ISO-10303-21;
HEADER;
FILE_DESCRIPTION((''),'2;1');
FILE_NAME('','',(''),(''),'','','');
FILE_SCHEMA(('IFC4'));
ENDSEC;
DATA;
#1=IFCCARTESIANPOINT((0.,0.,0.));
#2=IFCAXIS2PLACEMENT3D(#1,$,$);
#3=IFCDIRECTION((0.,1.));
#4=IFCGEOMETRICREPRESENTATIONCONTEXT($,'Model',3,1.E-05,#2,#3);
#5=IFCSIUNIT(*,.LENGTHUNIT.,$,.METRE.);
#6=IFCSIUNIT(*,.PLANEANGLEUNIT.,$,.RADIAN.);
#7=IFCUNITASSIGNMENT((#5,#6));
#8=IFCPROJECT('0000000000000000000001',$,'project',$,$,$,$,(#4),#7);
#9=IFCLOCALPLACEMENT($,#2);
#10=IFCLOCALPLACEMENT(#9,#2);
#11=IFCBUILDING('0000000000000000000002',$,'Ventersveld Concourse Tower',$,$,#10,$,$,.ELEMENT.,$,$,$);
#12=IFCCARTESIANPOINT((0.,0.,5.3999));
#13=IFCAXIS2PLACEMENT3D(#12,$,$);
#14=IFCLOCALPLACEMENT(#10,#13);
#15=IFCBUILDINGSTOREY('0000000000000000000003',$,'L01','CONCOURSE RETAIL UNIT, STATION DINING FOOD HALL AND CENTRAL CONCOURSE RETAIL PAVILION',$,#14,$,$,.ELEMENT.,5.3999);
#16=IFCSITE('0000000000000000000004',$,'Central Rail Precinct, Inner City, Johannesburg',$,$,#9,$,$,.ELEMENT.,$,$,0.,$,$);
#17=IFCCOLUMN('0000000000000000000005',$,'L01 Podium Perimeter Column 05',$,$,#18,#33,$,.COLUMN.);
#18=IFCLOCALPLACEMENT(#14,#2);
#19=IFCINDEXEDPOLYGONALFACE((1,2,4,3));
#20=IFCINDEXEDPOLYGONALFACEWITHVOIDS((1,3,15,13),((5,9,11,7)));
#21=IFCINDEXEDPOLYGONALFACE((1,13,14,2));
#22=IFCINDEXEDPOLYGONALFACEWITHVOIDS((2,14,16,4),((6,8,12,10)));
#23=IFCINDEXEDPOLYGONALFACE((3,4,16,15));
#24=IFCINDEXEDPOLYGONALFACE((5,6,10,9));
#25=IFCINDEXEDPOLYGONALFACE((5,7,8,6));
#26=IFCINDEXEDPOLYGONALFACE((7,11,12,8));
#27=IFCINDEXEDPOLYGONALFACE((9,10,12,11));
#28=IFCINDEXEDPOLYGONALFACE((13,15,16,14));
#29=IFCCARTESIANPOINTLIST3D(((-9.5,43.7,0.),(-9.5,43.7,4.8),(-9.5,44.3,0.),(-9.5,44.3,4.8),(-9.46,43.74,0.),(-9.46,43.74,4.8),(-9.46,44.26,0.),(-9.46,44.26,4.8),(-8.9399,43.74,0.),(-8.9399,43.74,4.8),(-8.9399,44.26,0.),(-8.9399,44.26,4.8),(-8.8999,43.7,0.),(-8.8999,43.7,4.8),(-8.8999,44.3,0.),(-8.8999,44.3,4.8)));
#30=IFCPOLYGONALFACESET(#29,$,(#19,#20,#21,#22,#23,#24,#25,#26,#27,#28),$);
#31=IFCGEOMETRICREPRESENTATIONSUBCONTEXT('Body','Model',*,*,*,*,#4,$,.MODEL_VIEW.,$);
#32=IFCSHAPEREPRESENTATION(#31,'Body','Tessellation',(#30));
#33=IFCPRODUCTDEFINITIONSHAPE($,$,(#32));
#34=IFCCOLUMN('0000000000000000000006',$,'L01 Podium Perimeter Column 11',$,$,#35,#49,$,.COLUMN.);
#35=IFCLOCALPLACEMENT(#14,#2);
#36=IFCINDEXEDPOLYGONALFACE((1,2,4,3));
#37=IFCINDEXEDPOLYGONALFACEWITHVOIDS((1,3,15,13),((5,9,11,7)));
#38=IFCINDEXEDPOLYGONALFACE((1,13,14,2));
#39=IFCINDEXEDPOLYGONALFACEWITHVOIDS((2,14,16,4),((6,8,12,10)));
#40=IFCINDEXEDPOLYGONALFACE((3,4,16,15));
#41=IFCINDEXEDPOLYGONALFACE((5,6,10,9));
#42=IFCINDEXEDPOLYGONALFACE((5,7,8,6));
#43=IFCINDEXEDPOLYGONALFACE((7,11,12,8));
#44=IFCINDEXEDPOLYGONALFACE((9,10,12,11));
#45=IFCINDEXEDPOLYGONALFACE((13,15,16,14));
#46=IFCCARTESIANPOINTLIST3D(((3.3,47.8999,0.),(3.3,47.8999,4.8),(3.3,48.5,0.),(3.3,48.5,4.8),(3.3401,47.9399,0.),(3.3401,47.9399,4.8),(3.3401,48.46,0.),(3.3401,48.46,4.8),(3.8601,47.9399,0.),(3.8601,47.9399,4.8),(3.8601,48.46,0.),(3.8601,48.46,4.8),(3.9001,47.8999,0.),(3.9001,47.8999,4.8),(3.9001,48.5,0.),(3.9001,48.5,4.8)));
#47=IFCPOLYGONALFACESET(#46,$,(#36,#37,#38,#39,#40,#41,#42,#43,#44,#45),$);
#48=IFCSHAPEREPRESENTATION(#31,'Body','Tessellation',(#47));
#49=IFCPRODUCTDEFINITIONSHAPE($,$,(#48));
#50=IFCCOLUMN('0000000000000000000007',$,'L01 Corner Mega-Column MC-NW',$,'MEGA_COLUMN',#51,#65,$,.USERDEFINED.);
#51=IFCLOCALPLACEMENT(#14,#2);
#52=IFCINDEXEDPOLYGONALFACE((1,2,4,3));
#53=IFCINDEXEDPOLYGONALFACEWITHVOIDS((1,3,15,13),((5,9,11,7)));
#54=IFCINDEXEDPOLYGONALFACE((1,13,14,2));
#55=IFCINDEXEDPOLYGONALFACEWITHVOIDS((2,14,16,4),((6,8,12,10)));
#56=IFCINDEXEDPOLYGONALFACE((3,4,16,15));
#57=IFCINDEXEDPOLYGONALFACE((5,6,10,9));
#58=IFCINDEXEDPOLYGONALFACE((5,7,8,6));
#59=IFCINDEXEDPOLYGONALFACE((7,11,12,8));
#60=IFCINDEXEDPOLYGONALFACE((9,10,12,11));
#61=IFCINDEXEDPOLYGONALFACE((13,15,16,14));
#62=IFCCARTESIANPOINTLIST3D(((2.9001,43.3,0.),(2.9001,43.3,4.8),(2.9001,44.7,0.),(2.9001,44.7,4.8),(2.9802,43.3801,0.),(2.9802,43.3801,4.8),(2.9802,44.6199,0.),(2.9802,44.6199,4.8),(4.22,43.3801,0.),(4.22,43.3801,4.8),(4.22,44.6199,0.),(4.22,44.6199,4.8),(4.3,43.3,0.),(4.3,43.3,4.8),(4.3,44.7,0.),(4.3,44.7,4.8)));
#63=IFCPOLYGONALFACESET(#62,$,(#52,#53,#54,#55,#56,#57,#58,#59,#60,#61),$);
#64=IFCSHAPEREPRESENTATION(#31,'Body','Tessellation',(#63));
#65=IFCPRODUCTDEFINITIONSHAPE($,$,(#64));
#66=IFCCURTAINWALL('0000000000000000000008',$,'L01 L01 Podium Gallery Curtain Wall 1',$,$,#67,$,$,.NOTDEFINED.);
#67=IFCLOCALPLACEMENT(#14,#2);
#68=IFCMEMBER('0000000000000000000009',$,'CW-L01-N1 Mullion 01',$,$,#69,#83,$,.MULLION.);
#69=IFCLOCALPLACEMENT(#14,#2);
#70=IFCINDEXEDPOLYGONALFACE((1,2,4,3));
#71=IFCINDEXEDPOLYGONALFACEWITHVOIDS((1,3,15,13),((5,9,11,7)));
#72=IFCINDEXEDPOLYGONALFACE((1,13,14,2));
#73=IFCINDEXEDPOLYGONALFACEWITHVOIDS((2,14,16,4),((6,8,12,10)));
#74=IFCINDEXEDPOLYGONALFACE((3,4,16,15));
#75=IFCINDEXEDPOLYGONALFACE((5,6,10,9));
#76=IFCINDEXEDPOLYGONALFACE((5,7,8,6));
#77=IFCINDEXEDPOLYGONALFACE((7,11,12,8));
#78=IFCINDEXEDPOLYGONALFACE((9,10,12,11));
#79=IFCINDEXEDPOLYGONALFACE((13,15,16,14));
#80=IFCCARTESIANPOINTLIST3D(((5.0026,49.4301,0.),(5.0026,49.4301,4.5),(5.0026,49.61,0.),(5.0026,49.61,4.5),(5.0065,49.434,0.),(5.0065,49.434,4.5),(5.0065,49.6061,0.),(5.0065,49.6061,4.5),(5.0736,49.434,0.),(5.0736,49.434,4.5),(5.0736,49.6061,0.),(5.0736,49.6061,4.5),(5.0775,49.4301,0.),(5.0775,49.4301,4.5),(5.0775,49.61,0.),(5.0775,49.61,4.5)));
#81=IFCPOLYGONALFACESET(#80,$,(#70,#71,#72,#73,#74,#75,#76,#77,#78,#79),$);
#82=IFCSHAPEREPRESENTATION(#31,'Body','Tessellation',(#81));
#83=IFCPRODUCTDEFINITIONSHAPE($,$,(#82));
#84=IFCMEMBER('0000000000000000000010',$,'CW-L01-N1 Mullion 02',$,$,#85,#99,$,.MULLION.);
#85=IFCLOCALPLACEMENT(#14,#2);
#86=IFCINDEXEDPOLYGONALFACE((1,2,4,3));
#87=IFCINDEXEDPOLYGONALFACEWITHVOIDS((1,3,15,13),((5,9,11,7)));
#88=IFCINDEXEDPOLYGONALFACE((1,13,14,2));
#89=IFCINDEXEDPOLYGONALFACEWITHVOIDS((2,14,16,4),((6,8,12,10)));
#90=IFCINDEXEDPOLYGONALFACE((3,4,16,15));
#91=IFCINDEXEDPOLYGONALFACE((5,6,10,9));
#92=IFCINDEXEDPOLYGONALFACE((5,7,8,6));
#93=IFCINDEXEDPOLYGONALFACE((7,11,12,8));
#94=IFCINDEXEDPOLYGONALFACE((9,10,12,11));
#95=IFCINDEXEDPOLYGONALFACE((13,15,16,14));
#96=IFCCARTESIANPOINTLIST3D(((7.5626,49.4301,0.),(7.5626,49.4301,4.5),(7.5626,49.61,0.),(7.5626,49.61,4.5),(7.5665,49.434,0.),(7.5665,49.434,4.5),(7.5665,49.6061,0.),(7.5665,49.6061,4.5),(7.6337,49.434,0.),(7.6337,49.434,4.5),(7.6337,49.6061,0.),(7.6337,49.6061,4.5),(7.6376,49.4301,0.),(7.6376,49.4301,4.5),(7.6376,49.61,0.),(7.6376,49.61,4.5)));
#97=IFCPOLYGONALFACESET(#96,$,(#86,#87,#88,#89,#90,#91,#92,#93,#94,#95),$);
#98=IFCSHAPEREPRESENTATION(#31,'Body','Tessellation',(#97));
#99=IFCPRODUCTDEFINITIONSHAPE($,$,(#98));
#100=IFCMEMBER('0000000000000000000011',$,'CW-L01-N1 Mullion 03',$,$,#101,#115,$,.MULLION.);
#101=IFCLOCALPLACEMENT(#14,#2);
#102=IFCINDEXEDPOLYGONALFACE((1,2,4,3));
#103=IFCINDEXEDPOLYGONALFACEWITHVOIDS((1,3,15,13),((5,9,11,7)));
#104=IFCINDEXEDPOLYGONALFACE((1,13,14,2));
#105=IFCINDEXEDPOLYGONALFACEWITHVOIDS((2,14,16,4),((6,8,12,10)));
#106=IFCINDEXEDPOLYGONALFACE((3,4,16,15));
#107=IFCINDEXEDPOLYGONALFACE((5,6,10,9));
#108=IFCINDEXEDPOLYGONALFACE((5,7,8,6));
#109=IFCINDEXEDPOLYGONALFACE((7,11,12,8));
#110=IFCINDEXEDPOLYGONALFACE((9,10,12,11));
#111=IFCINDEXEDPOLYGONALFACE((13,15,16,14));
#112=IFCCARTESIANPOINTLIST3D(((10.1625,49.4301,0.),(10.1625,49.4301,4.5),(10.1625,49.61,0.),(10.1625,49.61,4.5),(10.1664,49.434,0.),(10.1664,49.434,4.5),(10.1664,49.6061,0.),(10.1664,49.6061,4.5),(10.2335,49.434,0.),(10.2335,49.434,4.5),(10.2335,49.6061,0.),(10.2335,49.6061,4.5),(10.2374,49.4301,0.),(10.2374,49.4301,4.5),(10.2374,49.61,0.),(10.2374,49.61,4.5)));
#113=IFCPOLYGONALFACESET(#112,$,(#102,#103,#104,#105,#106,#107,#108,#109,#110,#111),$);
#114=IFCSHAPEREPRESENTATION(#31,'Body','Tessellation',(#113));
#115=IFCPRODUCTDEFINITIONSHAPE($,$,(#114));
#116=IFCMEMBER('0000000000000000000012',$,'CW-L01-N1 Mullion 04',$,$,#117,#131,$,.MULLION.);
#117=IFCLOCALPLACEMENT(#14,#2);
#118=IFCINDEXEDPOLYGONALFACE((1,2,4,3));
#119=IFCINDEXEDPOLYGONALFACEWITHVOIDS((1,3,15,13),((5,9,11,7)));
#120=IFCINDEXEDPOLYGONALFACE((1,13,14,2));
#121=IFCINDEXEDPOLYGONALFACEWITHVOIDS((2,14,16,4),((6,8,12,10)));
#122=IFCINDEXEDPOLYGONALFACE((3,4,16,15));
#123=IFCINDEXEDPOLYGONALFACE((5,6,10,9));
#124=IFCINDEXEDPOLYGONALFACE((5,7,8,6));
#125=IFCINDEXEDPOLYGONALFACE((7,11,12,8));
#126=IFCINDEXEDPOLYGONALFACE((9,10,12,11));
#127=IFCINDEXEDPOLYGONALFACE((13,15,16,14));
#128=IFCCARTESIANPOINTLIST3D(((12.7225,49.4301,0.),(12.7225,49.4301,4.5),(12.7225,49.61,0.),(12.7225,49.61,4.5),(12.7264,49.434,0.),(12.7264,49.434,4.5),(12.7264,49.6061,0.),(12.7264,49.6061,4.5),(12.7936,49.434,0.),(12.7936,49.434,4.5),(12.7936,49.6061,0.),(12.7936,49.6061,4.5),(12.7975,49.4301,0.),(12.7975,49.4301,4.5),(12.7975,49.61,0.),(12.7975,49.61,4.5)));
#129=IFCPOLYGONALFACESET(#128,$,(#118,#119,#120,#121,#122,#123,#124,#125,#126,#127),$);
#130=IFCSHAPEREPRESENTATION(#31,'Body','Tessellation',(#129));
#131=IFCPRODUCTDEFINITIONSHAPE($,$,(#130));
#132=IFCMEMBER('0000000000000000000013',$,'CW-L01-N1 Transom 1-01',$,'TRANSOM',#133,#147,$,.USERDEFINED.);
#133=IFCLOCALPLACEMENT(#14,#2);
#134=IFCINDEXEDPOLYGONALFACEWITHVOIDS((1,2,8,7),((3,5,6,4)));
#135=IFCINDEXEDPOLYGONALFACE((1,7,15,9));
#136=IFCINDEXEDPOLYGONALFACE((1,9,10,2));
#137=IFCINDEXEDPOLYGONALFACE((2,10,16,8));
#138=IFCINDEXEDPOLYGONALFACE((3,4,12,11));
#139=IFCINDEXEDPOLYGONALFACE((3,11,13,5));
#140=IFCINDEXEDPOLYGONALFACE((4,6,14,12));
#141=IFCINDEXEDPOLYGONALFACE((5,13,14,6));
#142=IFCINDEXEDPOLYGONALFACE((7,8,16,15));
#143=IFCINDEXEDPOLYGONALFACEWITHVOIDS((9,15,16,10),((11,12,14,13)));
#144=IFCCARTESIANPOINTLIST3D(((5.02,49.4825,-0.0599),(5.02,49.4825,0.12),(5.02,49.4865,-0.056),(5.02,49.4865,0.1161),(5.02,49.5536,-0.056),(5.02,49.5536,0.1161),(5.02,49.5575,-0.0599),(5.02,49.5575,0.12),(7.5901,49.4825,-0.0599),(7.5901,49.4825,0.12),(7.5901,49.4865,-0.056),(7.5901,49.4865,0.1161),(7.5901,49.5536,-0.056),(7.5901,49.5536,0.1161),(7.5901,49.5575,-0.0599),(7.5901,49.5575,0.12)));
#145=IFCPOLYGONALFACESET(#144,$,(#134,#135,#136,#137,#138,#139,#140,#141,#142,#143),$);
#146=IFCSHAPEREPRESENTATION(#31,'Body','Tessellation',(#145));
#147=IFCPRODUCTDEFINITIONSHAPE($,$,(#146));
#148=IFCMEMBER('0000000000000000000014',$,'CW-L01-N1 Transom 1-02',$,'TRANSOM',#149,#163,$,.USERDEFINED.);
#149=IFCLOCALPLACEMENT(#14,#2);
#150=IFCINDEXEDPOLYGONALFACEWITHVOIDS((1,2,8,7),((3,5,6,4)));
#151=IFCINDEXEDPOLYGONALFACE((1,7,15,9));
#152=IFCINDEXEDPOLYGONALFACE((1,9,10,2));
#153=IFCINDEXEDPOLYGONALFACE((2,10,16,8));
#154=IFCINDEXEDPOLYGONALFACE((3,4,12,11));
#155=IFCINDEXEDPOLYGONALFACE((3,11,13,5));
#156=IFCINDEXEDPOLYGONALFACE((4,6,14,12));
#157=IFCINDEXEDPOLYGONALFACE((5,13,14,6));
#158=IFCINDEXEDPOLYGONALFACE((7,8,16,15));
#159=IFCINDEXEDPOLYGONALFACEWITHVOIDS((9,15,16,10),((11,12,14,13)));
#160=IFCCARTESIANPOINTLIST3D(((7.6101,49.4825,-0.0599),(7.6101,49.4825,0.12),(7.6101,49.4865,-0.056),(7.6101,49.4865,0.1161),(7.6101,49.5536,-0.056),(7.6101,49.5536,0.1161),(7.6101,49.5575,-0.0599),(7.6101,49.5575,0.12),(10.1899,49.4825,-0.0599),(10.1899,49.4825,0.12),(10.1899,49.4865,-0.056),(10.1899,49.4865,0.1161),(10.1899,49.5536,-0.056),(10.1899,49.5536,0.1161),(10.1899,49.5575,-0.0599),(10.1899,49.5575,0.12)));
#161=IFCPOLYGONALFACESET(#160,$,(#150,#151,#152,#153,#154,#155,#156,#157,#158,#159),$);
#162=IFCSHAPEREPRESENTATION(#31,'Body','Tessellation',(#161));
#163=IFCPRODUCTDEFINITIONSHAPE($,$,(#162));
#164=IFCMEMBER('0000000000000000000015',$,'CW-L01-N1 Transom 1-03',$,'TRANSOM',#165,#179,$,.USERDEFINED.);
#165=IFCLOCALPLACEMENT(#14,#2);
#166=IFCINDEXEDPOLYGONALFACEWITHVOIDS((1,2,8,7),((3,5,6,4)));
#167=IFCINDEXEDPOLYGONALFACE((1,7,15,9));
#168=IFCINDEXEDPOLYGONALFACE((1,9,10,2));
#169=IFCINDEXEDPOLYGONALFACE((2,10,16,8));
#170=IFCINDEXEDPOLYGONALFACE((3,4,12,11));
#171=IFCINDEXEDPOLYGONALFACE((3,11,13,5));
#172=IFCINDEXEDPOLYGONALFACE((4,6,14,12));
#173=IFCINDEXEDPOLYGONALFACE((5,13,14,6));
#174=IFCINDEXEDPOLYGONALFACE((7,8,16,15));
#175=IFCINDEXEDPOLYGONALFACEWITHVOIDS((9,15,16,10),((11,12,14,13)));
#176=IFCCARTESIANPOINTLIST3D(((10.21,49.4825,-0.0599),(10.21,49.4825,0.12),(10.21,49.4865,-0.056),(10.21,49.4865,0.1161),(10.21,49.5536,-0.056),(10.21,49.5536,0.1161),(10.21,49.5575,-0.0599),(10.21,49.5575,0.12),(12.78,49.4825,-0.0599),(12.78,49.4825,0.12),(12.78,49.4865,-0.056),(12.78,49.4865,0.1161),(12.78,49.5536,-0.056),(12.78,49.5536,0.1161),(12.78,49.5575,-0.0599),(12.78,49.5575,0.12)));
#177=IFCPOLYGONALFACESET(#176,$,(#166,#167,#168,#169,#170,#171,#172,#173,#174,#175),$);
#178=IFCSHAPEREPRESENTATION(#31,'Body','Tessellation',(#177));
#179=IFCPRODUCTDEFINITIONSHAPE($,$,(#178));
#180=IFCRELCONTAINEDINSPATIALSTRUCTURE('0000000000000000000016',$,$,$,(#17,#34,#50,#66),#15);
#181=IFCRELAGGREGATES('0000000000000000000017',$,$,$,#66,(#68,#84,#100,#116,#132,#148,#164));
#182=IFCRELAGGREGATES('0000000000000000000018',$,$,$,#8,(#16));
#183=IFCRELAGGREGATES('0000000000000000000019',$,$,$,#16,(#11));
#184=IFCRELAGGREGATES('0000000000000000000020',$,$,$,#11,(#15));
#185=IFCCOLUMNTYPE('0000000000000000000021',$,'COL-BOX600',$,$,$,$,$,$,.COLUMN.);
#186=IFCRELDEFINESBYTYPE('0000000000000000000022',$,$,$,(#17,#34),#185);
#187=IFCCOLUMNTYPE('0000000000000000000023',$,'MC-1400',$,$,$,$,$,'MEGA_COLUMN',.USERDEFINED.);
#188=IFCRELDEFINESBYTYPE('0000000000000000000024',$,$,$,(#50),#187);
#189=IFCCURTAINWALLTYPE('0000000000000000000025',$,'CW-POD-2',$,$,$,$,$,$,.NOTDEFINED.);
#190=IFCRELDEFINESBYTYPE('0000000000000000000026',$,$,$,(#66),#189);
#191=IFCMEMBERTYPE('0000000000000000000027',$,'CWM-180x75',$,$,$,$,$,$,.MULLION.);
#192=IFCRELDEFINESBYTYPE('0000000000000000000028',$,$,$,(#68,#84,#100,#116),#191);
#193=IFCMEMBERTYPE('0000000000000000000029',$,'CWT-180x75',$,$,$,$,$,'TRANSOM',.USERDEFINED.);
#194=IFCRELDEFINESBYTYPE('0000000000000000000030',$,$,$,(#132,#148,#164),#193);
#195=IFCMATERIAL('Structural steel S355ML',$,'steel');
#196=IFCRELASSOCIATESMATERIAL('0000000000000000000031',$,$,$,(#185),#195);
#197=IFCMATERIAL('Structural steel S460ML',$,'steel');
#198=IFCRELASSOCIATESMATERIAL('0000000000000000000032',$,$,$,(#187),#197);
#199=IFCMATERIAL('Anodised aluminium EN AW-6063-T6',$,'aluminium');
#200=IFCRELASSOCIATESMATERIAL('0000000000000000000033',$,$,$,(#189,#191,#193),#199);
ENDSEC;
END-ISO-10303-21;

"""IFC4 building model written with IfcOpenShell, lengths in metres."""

from ifc_helpers import new_model, si_unit, direction, frame, origin, origin_2d, place, context, subcontext, project, spatial, hollow_rectangle, extrude, material, material_profile, profile_set, type_object, element, aggregate, save


model = new_model("IFC4")

# Units and contexts
model_context = context("Model", 3, precision=1e-05, world=origin(), true_north=direction((0.0, 1.0)))
body_context = subcontext(model_context, "Body", "Model", "MODEL_VIEW")
ifc_project = project(units=[si_unit("LENGTHUNIT", "METRE"), si_unit("PLANEANGLEUNIT", "RADIAN")], contexts=[model_context])

# Site, building, storey
site_placement = place(None, origin())
site = spatial("IfcSite", under=ifc_project, at=site_placement, Name="Central Rail Precinct, Inner City, Johannesburg", CompositionType="ELEMENT", RefElevation=0.0)
building_placement = place(site_placement, origin())
building = spatial("IfcBuilding", under=site, at=building_placement, Name="Ventersveld Concourse Tower", CompositionType="ELEMENT")
storey_placement = place(building_placement, frame((0.0, 0.0, 5.3999)))
storey = spatial("IfcBuildingStorey", under=building, at=storey_placement, Name="L01", Description="CONCOURSE RETAIL UNIT, STATION DINING FOOD HALL AND CENTRAL CONCOURSE RETAIL PAVILION", CompositionType="ELEMENT", Elevation=5.3999)

# Columns
ifc_material_1 = material(Name="Structural steel S355ML", Category="steel")
ifc_material_profile_1 = material_profile(ifc_material_1, hollow_rectangle(XDim=0.6001, YDim=0.6001, WallThickness=0.04, at=origin_2d()), Name="BOX 600x600x40")
ifc_profile_set_1 = profile_set([ifc_material_profile_1], Name="Structural steel S355ML")
column_type_1 = type_object("IfcColumnType", Name="COL-BOX600", PredefinedType="COLUMN", material=ifc_profile_set_1)
for number, where, z_axis, x_axis, name in (
    (1, (-9.2, 44.0, 0.0), (0.0, 0.0, 1.0), (1.0, 0.0, 0.0), "L01 Podium Perimeter Column 05"),
    (2, (3.6001, 48.2, 0.0), (0.0, 0.0, 1.0), (1.0, 0.0, 0.0), "L01 Podium Perimeter Column 11"),
):
    element("IfcColumn", number, at=place(storey_placement, frame(where, z_axis=z_axis, x_axis=x_axis)), inside=storey, type_object=column_type_1, Name=name, PredefinedType="COLUMN", context=body_context, shape_type="SweptSolid", body=[
        extrude(hollow_rectangle(XDim=0.6001, YDim=0.6001, WallThickness=0.04, at=origin_2d()), origin(), (0.0, 0.0, 1.0), 4.8),
    ])
ifc_material_2 = material(Name="Structural steel S460ML", Category="steel")
ifc_material_profile_2 = material_profile(ifc_material_2, hollow_rectangle(XDim=1.3999, YDim=1.3999, WallThickness=0.0801, at=origin_2d()), Name="BOX 1400x1400x80")
ifc_profile_set_2 = profile_set([ifc_material_profile_2], Name="Structural steel S460ML")
column_type_2 = type_object("IfcColumnType", Name="MC-1400", ElementType="MEGA_COLUMN", PredefinedType="USERDEFINED", material=ifc_profile_set_2)
column_placement = place(storey_placement, frame((3.6001, 44.0, 0.0), z_axis=(0.0, 0.0, 1.0), x_axis=(1.0, 0.0, 0.0)))
element("IfcColumn", 3, at=column_placement, inside=storey, type_object=column_type_2, Name="L01 Corner Mega-Column MC-NW", ObjectType="MEGA_COLUMN", PredefinedType="USERDEFINED", context=body_context, shape_type="SweptSolid", body=[
    extrude(hollow_rectangle(XDim=1.3999, YDim=1.3999, WallThickness=0.0801, at=origin_2d()), origin(), (0.0, 0.0, 1.0), 4.8),
])

# Curtain wall, members
ifc_material_3 = material(Name="Anodised aluminium EN AW-6063-T6", Category="aluminium")
curtain_wall_type = type_object("IfcCurtainWallType", Name="CW-POD-2", PredefinedType="NOTDEFINED", material=ifc_material_3)
curtain_wall_placement = place(storey_placement, origin())
curtain_wall = element("IfcCurtainWall", 4, at=curtain_wall_placement, inside=storey, type_object=curtain_wall_type, Name="L01 L01 Podium Gallery Curtain Wall 1", PredefinedType="NOTDEFINED")
ifc_material_profile_3 = material_profile(ifc_material_3, hollow_rectangle(XDim=0.075, YDim=0.1799, WallThickness=0.0039, at=origin_2d()), Name="ALU 180x75x4")
ifc_profile_set_3 = profile_set([ifc_material_profile_3], Name="Anodised aluminium EN AW-6063-T6")
member_type_1 = type_object("IfcMemberType", Name="CWM-180x75", PredefinedType="MULLION", material=ifc_profile_set_3)
member_1_placement = place(storey_placement, frame((5.04, 49.52, 0.0), z_axis=(0.0, 0.0, 1.0), x_axis=(1.0, 0.0, 0.0)))
member_1 = element("IfcMember", 5, at=member_1_placement, type_object=member_type_1, Name="CW-L01-N1 Mullion 01", PredefinedType="MULLION", context=body_context, shape_type="SweptSolid", body=[
    extrude(hollow_rectangle(XDim=0.075, YDim=0.1799, WallThickness=0.0039, at=origin_2d()), origin(), (0.0, 0.0, 1.0), 4.5),
])
member_2_placement = place(storey_placement, frame((7.6001, 49.52, 0.0), z_axis=(0.0, 0.0, 1.0), x_axis=(1.0, 0.0, 0.0)))
member_2 = element("IfcMember", 6, at=member_2_placement, type_object=member_type_1, Name="CW-L01-N1 Mullion 02", PredefinedType="MULLION", context=body_context, shape_type="SweptSolid", body=[
    extrude(hollow_rectangle(XDim=0.075, YDim=0.1799, WallThickness=0.0039, at=origin_2d()), origin(), (0.0, 0.0, 1.0), 4.5),
])
member_3_placement = place(storey_placement, frame((10.2, 49.52, 0.0), z_axis=(0.0, 0.0, 1.0), x_axis=(1.0, 0.0, 0.0)))
member_3 = element("IfcMember", 7, at=member_3_placement, type_object=member_type_1, Name="CW-L01-N1 Mullion 03", PredefinedType="MULLION", context=body_context, shape_type="SweptSolid", body=[
    extrude(hollow_rectangle(XDim=0.075, YDim=0.1799, WallThickness=0.0039, at=origin_2d()), origin(), (0.0, 0.0, 1.0), 4.5),
])
member_4_placement = place(storey_placement, frame((12.76, 49.52, 0.0), z_axis=(0.0, 0.0, 1.0), x_axis=(1.0, 0.0, 0.0)))
member_4 = element("IfcMember", 8, at=member_4_placement, type_object=member_type_1, Name="CW-L01-N1 Mullion 04", PredefinedType="MULLION", context=body_context, shape_type="SweptSolid", body=[
    extrude(hollow_rectangle(XDim=0.075, YDim=0.1799, WallThickness=0.0039, at=origin_2d()), origin(), (0.0, 0.0, 1.0), 4.5),
])
ifc_material_profile_4 = material_profile(ifc_material_3, hollow_rectangle(XDim=0.075, YDim=0.1799, WallThickness=0.0039, at=origin_2d()), Name="ALU 180x75x4")
ifc_profile_set_4 = profile_set([ifc_material_profile_4], Name="Anodised aluminium EN AW-6063-T6")
member_type_2 = type_object("IfcMemberType", Name="CWT-180x75", ElementType="TRANSOM", PredefinedType="USERDEFINED", material=ifc_profile_set_4)
member_5_placement = place(storey_placement, frame((5.02, 49.52, 0.03), z_axis=(1.0, 0.0, 0.0), x_axis=(0.0, 1.0, 0.0)))
member_5 = element("IfcMember", 9, at=member_5_placement, type_object=member_type_2, Name="CW-L01-N1 Transom 1-01", ObjectType="TRANSOM", PredefinedType="USERDEFINED", context=body_context, shape_type="SweptSolid", body=[
    extrude(hollow_rectangle(XDim=0.075, YDim=0.1799, WallThickness=0.0039, at=origin_2d()), origin(), (0.0, 0.0, 1.0), 2.5701),
])
member_6_placement = place(storey_placement, frame((7.6101, 49.52, 0.03), z_axis=(1.0, 0.0, 0.0), x_axis=(0.0, 1.0, 0.0)))
member_6 = element("IfcMember", 10, at=member_6_placement, type_object=member_type_2, Name="CW-L01-N1 Transom 1-02", ObjectType="TRANSOM", PredefinedType="USERDEFINED", context=body_context, shape_type="SweptSolid", body=[
    extrude(hollow_rectangle(XDim=0.075, YDim=0.1799, WallThickness=0.0039, at=origin_2d()), origin(), (0.0, 0.0, 1.0), 2.5798),
])
member_7_placement = place(storey_placement, frame((10.21, 49.52, 0.03), z_axis=(1.0, 0.0, 0.0), x_axis=(0.0, 1.0, 0.0)))
member_7 = element("IfcMember", 11, at=member_7_placement, type_object=member_type_2, Name="CW-L01-N1 Transom 1-03", ObjectType="TRANSOM", PredefinedType="USERDEFINED", context=body_context, shape_type="SweptSolid", body=[
    extrude(hollow_rectangle(XDim=0.075, YDim=0.1799, WallThickness=0.0039, at=origin_2d()), origin(), (0.0, 0.0, 1.0), 2.5701),
])

aggregate(curtain_wall, [member_1, member_2, member_3, member_4, member_5, member_6, member_7])

save(model, "model.ifc")
